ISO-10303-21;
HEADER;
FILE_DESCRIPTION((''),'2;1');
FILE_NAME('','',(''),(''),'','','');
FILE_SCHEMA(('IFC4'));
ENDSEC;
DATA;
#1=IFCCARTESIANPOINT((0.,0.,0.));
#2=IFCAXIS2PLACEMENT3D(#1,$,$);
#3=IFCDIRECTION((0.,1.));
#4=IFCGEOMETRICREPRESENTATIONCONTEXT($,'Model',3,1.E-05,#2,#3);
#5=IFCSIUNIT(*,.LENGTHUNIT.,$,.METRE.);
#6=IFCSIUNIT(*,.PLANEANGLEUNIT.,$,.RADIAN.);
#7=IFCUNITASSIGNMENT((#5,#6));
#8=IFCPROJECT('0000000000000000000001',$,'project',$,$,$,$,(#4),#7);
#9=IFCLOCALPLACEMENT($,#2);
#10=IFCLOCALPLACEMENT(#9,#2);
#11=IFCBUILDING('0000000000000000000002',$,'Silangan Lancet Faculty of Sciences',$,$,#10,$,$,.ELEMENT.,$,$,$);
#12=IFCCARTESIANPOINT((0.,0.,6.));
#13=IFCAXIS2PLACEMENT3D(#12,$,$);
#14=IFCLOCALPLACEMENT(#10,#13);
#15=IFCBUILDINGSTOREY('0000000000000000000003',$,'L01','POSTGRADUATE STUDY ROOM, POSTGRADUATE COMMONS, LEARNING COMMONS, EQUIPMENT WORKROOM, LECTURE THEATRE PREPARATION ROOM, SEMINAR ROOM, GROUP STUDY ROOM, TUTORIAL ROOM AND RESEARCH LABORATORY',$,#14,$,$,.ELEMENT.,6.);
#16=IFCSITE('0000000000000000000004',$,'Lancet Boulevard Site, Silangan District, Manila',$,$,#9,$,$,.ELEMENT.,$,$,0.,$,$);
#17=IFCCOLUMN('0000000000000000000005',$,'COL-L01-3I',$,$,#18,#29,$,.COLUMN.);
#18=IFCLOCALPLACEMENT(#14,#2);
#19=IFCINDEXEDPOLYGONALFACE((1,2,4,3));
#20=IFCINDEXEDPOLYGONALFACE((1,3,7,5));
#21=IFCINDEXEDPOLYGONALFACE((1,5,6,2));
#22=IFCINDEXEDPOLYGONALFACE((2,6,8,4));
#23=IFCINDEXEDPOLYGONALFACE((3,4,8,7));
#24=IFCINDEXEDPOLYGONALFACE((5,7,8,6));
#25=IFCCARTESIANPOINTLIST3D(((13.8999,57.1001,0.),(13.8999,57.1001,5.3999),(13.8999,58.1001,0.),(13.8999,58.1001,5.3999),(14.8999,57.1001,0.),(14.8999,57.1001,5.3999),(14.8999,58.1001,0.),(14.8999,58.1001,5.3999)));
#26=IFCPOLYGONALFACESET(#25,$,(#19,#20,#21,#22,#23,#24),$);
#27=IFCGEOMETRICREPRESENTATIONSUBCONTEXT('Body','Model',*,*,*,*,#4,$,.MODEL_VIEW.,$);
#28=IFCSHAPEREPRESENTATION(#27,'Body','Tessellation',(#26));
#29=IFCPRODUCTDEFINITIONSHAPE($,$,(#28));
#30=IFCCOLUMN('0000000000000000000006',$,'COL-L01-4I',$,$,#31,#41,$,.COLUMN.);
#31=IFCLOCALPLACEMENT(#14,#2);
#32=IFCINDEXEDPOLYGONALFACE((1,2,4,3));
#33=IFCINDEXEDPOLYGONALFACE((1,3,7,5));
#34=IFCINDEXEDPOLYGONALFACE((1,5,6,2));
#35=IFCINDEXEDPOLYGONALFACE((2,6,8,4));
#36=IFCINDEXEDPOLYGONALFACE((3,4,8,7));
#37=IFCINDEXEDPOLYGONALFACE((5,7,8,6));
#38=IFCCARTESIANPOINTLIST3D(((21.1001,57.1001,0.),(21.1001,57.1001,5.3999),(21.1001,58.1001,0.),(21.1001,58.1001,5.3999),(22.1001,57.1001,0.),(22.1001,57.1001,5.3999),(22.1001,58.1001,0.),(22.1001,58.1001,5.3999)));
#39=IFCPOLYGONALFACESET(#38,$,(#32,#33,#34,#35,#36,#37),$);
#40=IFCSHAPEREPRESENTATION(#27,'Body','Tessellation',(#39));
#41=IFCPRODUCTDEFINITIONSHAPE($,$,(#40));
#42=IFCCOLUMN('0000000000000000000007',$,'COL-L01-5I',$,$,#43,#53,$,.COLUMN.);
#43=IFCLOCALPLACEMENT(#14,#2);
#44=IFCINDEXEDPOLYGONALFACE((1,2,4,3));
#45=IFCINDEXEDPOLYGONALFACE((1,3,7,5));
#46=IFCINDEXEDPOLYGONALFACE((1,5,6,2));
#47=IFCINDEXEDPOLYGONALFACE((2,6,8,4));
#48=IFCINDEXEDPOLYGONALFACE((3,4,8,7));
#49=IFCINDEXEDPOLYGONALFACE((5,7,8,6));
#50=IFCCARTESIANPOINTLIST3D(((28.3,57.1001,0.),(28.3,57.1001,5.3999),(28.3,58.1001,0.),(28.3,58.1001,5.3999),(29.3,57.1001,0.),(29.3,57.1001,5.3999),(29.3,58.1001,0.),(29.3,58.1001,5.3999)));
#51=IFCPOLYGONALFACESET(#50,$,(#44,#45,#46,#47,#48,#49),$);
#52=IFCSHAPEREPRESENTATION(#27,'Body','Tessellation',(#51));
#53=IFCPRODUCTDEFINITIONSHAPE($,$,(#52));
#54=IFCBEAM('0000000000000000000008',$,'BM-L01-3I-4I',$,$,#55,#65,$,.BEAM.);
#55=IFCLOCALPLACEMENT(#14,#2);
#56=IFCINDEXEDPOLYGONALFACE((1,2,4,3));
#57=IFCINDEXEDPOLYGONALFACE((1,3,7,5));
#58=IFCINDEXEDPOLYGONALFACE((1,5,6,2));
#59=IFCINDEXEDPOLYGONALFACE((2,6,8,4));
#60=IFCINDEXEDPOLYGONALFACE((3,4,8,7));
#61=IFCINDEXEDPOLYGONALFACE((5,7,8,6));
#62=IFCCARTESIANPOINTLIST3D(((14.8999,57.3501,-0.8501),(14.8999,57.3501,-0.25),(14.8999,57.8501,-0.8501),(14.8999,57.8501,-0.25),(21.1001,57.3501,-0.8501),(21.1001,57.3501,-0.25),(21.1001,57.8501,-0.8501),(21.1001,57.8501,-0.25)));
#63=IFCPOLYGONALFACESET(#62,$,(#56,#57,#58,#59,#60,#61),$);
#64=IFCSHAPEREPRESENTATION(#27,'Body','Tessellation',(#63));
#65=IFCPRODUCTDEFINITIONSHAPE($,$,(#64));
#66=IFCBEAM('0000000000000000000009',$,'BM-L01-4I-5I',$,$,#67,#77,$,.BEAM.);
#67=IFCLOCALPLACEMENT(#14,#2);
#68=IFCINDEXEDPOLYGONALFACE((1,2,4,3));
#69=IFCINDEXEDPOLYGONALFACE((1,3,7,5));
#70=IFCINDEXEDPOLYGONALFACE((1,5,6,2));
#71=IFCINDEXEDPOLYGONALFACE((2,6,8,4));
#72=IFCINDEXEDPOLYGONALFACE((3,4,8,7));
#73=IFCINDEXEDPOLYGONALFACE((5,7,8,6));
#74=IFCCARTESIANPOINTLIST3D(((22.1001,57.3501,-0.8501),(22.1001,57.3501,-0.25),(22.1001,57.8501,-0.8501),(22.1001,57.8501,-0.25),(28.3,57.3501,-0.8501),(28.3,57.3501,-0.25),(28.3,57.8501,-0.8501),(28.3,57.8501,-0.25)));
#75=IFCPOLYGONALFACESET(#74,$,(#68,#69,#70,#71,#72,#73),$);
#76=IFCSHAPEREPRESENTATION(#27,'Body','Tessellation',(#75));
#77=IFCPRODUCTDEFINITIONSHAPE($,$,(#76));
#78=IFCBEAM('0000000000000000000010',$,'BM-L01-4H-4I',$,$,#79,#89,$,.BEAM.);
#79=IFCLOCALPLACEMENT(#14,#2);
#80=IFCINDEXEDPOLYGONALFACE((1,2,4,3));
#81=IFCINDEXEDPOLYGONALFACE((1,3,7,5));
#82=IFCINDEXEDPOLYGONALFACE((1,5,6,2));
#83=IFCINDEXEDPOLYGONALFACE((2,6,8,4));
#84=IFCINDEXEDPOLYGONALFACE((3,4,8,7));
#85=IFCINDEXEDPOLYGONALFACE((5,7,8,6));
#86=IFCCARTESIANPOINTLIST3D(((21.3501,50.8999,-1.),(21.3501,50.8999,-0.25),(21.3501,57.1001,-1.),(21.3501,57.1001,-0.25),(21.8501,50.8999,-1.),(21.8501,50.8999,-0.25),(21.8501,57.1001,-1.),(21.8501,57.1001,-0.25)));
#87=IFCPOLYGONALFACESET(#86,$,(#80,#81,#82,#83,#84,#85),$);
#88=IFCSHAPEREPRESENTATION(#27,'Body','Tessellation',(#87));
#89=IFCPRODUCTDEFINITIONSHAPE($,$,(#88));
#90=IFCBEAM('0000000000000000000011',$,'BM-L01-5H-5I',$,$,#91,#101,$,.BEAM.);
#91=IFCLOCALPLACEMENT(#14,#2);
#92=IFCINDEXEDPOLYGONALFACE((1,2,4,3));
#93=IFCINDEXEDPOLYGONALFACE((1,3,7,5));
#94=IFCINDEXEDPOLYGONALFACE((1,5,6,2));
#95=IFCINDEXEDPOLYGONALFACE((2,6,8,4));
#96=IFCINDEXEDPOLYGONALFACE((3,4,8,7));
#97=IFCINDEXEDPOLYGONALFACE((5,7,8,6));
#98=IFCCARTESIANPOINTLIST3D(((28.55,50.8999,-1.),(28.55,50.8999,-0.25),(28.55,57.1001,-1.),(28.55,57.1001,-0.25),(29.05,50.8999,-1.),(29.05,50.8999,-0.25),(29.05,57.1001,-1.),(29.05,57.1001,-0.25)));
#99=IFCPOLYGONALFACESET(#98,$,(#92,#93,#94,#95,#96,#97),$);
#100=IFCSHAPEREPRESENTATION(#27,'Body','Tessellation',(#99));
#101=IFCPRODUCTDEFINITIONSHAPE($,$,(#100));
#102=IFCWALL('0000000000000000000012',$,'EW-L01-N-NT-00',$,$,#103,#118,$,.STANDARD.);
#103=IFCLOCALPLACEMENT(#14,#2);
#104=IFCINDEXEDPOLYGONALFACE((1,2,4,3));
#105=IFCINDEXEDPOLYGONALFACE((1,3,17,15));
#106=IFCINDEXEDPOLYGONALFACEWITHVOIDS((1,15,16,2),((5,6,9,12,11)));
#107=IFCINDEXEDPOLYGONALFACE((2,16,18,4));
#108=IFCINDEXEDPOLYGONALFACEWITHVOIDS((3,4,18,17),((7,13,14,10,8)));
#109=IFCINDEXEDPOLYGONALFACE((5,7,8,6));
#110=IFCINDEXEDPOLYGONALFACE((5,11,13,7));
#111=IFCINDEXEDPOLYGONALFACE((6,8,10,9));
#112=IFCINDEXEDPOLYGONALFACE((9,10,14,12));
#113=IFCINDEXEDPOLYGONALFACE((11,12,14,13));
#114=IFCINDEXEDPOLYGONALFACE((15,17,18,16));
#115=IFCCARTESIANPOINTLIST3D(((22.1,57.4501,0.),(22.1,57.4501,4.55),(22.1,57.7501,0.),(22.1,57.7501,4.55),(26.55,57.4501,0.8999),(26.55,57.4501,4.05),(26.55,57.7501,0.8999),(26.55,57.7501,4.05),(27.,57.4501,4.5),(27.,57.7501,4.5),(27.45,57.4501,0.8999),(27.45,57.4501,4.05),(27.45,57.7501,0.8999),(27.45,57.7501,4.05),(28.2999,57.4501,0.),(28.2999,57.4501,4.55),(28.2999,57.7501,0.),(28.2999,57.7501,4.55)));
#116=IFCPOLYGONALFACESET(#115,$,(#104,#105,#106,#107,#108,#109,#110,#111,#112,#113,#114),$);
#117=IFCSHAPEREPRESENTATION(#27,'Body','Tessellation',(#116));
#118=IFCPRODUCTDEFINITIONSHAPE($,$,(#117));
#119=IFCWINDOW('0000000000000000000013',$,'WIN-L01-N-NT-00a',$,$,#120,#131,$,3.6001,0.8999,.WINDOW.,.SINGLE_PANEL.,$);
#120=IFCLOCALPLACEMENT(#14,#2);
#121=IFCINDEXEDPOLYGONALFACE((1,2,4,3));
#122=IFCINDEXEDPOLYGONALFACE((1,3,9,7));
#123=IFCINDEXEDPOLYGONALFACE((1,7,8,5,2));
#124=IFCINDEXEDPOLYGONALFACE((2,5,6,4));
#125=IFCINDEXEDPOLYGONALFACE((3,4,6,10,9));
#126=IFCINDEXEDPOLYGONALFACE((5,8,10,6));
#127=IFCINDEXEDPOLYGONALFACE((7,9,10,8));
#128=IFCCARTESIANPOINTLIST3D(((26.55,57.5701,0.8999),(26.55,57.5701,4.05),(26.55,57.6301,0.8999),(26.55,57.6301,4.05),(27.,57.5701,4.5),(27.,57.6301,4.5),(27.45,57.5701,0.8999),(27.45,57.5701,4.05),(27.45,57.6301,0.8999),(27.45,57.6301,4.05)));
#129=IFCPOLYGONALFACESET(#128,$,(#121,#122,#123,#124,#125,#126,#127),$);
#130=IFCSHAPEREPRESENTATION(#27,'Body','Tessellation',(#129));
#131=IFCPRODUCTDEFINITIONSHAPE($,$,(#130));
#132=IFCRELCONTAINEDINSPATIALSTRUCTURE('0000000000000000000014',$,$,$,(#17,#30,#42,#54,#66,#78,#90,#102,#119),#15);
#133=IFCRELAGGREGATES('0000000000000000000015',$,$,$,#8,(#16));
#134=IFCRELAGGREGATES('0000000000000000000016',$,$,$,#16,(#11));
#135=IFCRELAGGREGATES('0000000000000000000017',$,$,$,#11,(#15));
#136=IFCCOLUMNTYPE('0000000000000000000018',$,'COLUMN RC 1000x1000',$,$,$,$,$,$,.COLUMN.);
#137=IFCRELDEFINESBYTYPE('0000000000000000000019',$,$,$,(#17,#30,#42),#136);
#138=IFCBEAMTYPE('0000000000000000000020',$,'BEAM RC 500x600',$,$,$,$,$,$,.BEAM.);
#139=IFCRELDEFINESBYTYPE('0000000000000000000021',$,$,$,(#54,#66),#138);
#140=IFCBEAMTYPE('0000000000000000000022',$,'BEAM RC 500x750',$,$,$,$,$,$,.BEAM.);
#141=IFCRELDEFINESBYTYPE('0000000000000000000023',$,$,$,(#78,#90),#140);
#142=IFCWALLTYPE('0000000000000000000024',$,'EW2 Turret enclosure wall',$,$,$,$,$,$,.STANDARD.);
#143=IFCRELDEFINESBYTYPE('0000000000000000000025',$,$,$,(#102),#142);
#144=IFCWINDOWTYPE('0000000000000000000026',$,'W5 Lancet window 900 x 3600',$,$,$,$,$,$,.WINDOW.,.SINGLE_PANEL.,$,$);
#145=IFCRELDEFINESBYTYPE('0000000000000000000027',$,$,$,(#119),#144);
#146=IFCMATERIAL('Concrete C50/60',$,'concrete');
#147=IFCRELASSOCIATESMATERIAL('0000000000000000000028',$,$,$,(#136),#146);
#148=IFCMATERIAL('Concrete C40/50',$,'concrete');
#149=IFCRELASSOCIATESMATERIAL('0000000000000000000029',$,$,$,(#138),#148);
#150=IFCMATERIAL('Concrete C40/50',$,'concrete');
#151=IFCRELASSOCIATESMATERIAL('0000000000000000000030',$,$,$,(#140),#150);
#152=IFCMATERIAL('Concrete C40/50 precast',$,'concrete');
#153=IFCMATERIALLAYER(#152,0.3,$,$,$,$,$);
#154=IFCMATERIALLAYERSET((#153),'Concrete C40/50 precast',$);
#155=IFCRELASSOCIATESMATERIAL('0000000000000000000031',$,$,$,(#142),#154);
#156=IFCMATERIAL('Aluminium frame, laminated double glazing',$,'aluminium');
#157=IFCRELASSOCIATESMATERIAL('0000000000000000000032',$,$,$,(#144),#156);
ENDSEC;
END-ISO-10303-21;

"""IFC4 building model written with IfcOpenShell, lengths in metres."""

from ifc_helpers import new_model, si_unit, direction, frame, frame_2d, origin, origin_2d, place, context, subcontext, project, spatial, polyline, rectangle, outline, extrude, material, layer, layer_set, material_profile, profile_set, type_object, element, fill, save


model = new_model("IFC4")

# Units and contexts
model_context = context("Model", 3, precision=1e-05, world=origin(), true_north=direction((0.0, 1.0)))
body_context = subcontext(model_context, "Body", "Model", "MODEL_VIEW")
ifc_project = project(units=[si_unit("LENGTHUNIT", "METRE"), si_unit("PLANEANGLEUNIT", "RADIAN")], contexts=[model_context])

# Site, building, storey
site_placement = place(None, origin())
site = spatial("IfcSite", under=ifc_project, at=site_placement, Name="Lancet Boulevard Site, Silangan District, Manila", CompositionType="ELEMENT", RefElevation=0.0)
building_placement = place(site_placement, origin())
building = spatial("IfcBuilding", under=site, at=building_placement, Name="Silangan Lancet Faculty of Sciences", CompositionType="ELEMENT")
storey_placement = place(building_placement, frame((0.0, 0.0, 6.0)))
storey = spatial("IfcBuildingStorey", under=building, at=storey_placement, Name="L01", Description="POSTGRADUATE STUDY ROOM, POSTGRADUATE COMMONS, LEARNING COMMONS, EQUIPMENT WORKROOM, LECTURE THEATRE PREPARATION ROOM, SEMINAR ROOM, GROUP STUDY ROOM, TUTORIAL ROOM AND RESEARCH LABORATORY", CompositionType="ELEMENT", Elevation=6.0)

# Columns
ifc_material_1 = material(Name="Concrete C50/60", Category="concrete")
ifc_material_profile_1 = material_profile(ifc_material_1, rectangle(XDim=1.0, YDim=1.0, at=origin_2d()), Name="RC 1000x1000")
ifc_profile_set_1 = profile_set([ifc_material_profile_1], Name="Concrete C50/60")
column_type = type_object("IfcColumnType", Name="COLUMN RC 1000x1000", PredefinedType="COLUMN", material=ifc_profile_set_1)
for number, where, z_axis, x_axis, name in (
    (1, (14.3999, 57.6001, 0.0), (0.0, 0.0, 1.0), (1.0, 0.0, 0.0), "COL-L01-3I"),
    (2, (21.6001, 57.6001, 0.0), (0.0, 0.0, 1.0), (1.0, 0.0, 0.0), "COL-L01-4I"),
    (3, (28.8, 57.6001, 0.0), (0.0, 0.0, 1.0), (1.0, 0.0, 0.0), "COL-L01-5I"),
):
    element("IfcColumn", number, at=place(storey_placement, frame(where, z_axis=z_axis, x_axis=x_axis)), inside=storey, type_object=column_type, Name=name, PredefinedType="COLUMN", context=body_context, shape_type="SweptSolid", body=[
        extrude(rectangle(XDim=1.0, YDim=1.0, at=origin_2d()), origin(), (0.0, 0.0, 1.0), 5.3999),
    ])

# Beams
ifc_material_2 = material(Name="Concrete C40/50", Category="concrete")
ifc_material_profile_2 = material_profile(ifc_material_2, rectangle(XDim=0.5, YDim=0.6001, at=origin_2d()), Name="RC 500x600")
ifc_profile_set_2 = profile_set([ifc_material_profile_2], Name="Concrete C40/50")
beam_type_1 = type_object("IfcBeamType", Name="BEAM RC 500x600", PredefinedType="BEAM", material=ifc_profile_set_2)
beam_1_placement = place(storey_placement, frame((14.8999, 57.6001, -0.55), z_axis=(1.0, 0.0, 0.0), x_axis=(0.0, 1.0, 0.0)))
element("IfcBeam", 4, at=beam_1_placement, inside=storey, type_object=beam_type_1, Name="BM-L01-3I-4I", PredefinedType="BEAM", context=body_context, shape_type="SweptSolid", body=[
    extrude(rectangle(XDim=0.5, YDim=0.6001, at=origin_2d()), origin(), (0.0, 0.0, 1.0), 6.2002),
])
beam_2_placement = place(storey_placement, frame((22.1001, 57.6001, -0.55), z_axis=(1.0, 0.0, 0.0), x_axis=(0.0, 1.0, 0.0)))
element("IfcBeam", 5, at=beam_2_placement, inside=storey, type_object=beam_type_1, Name="BM-L01-4I-5I", PredefinedType="BEAM", context=body_context, shape_type="SweptSolid", body=[
    extrude(rectangle(XDim=0.5, YDim=0.6001, at=origin_2d()), origin(), (0.0, 0.0, 1.0), 6.2),
])
ifc_material_3 = material(Name="Concrete C40/50", Category="concrete")
ifc_material_profile_3 = material_profile(ifc_material_3, rectangle(XDim=0.5, YDim=0.75, at=origin_2d()), Name="RC 500x750")
ifc_profile_set_3 = profile_set([ifc_material_profile_3], Name="Concrete C40/50")
beam_type_2 = type_object("IfcBeamType", Name="BEAM RC 500x750", PredefinedType="BEAM", material=ifc_profile_set_3)
for number, where, z_axis, x_axis, name in (
    (6, (21.6001, 50.8999, -0.625), (0.0, 1.0, 0.0), (-1.0, 0.0, 0.0), "BM-L01-4H-4I"),
    (7, (28.8, 50.8999, -0.625), (0.0, 1.0, 0.0), (-1.0, 0.0, 0.0), "BM-L01-5H-5I"),
):
    element("IfcBeam", number, at=place(storey_placement, frame(where, z_axis=z_axis, x_axis=x_axis)), inside=storey, type_object=beam_type_2, Name=name, PredefinedType="BEAM", context=body_context, shape_type="SweptSolid", body=[
        extrude(rectangle(XDim=0.5, YDim=0.75, at=origin_2d()), origin(), (0.0, 0.0, 1.0), 6.2002),
    ])

# Wall, opening, window
ifc_material_4 = material(Name="Concrete C40/50 precast", Category="concrete")
ifc_layer_1 = layer(ifc_material_4, 0.3)
ifc_layer_set_1 = layer_set([ifc_layer_1], Name="Concrete C40/50 precast")
wall_type_1 = type_object("IfcWallType", Name="EW2 Turret enclosure wall", PredefinedType="STANDARD", material=ifc_layer_set_1)
wall_1_placement = place(storey_placement, frame((28.3, 57.6001, 0.0), z_axis=(0.0, 0.0, 1.0), x_axis=(-1.0, 0.0, 0.0)))
wall_1 = element("IfcWall", 8, at=wall_1_placement, inside=storey, type_object=wall_type_1, Name="EW-L01-N-NT-00", PredefinedType="STANDARD", context=body_context, shape_type="SweptSolid", body=[
    extrude(rectangle(XDim=6.2, YDim=0.3, at=frame_2d((3.1001, 0.0))), origin(), (0.0, 0.0, 1.0), 4.55),
])
opening_1_placement = place(wall_1_placement, frame((0.8501, 0.0, 0.8999)))
opening_1 = element("IfcOpeningElement", 9, at=opening_1_placement, cuts=wall_1, PredefinedType="OPENING", context=body_context, shape_type="SweptSolid", body=[
    extrude(outline(polyline([(0.0, 0.0), (0.8999, 0.0), (0.8999, 3.1501), (0.45, 3.6001), (0.0, 3.1501), (0.0, 0.0)])), frame((0.0, 0.1599, 0.0), z_axis=(0.0, -1.0, 0.0), x_axis=(1.0, 0.0, 0.0)), (0.0, 0.0, 1.0), 0.3201),
])
ifc_material_5 = material(Name="Aluminium frame, laminated double glazing", Category="aluminium")
window_type_1 = type_object("IfcWindowType", Name="W5 Lancet window 900 x 3600", PartitioningType="SINGLE_PANEL", PredefinedType="WINDOW", material=ifc_material_5)
window_1_placement = place(opening_1_placement, origin())
window_1 = element("IfcWindow", 10, at=window_1_placement, inside=storey, type_object=window_type_1, Name="WIN-L01-N-NT-00a", OverallHeight=3.6001, OverallWidth=0.8999, PartitioningType="SINGLE_PANEL", PredefinedType="WINDOW", context=body_context, shape_type="SweptSolid", body=[
    extrude(outline(polyline([(0.0, 0.0), (0.8999, 0.0), (0.8999, 3.1501), (0.45, 3.6001), (0.0, 3.1501), (0.0, 0.0)])), frame((0.0, 0.03, 0.0), z_axis=(0.0, -1.0, 0.0), x_axis=(1.0, 0.0, 0.0)), (0.0, 0.0, 1.0), 0.0601),
])
fill(opening_1, window_1)

save(model, "model.ifc")
